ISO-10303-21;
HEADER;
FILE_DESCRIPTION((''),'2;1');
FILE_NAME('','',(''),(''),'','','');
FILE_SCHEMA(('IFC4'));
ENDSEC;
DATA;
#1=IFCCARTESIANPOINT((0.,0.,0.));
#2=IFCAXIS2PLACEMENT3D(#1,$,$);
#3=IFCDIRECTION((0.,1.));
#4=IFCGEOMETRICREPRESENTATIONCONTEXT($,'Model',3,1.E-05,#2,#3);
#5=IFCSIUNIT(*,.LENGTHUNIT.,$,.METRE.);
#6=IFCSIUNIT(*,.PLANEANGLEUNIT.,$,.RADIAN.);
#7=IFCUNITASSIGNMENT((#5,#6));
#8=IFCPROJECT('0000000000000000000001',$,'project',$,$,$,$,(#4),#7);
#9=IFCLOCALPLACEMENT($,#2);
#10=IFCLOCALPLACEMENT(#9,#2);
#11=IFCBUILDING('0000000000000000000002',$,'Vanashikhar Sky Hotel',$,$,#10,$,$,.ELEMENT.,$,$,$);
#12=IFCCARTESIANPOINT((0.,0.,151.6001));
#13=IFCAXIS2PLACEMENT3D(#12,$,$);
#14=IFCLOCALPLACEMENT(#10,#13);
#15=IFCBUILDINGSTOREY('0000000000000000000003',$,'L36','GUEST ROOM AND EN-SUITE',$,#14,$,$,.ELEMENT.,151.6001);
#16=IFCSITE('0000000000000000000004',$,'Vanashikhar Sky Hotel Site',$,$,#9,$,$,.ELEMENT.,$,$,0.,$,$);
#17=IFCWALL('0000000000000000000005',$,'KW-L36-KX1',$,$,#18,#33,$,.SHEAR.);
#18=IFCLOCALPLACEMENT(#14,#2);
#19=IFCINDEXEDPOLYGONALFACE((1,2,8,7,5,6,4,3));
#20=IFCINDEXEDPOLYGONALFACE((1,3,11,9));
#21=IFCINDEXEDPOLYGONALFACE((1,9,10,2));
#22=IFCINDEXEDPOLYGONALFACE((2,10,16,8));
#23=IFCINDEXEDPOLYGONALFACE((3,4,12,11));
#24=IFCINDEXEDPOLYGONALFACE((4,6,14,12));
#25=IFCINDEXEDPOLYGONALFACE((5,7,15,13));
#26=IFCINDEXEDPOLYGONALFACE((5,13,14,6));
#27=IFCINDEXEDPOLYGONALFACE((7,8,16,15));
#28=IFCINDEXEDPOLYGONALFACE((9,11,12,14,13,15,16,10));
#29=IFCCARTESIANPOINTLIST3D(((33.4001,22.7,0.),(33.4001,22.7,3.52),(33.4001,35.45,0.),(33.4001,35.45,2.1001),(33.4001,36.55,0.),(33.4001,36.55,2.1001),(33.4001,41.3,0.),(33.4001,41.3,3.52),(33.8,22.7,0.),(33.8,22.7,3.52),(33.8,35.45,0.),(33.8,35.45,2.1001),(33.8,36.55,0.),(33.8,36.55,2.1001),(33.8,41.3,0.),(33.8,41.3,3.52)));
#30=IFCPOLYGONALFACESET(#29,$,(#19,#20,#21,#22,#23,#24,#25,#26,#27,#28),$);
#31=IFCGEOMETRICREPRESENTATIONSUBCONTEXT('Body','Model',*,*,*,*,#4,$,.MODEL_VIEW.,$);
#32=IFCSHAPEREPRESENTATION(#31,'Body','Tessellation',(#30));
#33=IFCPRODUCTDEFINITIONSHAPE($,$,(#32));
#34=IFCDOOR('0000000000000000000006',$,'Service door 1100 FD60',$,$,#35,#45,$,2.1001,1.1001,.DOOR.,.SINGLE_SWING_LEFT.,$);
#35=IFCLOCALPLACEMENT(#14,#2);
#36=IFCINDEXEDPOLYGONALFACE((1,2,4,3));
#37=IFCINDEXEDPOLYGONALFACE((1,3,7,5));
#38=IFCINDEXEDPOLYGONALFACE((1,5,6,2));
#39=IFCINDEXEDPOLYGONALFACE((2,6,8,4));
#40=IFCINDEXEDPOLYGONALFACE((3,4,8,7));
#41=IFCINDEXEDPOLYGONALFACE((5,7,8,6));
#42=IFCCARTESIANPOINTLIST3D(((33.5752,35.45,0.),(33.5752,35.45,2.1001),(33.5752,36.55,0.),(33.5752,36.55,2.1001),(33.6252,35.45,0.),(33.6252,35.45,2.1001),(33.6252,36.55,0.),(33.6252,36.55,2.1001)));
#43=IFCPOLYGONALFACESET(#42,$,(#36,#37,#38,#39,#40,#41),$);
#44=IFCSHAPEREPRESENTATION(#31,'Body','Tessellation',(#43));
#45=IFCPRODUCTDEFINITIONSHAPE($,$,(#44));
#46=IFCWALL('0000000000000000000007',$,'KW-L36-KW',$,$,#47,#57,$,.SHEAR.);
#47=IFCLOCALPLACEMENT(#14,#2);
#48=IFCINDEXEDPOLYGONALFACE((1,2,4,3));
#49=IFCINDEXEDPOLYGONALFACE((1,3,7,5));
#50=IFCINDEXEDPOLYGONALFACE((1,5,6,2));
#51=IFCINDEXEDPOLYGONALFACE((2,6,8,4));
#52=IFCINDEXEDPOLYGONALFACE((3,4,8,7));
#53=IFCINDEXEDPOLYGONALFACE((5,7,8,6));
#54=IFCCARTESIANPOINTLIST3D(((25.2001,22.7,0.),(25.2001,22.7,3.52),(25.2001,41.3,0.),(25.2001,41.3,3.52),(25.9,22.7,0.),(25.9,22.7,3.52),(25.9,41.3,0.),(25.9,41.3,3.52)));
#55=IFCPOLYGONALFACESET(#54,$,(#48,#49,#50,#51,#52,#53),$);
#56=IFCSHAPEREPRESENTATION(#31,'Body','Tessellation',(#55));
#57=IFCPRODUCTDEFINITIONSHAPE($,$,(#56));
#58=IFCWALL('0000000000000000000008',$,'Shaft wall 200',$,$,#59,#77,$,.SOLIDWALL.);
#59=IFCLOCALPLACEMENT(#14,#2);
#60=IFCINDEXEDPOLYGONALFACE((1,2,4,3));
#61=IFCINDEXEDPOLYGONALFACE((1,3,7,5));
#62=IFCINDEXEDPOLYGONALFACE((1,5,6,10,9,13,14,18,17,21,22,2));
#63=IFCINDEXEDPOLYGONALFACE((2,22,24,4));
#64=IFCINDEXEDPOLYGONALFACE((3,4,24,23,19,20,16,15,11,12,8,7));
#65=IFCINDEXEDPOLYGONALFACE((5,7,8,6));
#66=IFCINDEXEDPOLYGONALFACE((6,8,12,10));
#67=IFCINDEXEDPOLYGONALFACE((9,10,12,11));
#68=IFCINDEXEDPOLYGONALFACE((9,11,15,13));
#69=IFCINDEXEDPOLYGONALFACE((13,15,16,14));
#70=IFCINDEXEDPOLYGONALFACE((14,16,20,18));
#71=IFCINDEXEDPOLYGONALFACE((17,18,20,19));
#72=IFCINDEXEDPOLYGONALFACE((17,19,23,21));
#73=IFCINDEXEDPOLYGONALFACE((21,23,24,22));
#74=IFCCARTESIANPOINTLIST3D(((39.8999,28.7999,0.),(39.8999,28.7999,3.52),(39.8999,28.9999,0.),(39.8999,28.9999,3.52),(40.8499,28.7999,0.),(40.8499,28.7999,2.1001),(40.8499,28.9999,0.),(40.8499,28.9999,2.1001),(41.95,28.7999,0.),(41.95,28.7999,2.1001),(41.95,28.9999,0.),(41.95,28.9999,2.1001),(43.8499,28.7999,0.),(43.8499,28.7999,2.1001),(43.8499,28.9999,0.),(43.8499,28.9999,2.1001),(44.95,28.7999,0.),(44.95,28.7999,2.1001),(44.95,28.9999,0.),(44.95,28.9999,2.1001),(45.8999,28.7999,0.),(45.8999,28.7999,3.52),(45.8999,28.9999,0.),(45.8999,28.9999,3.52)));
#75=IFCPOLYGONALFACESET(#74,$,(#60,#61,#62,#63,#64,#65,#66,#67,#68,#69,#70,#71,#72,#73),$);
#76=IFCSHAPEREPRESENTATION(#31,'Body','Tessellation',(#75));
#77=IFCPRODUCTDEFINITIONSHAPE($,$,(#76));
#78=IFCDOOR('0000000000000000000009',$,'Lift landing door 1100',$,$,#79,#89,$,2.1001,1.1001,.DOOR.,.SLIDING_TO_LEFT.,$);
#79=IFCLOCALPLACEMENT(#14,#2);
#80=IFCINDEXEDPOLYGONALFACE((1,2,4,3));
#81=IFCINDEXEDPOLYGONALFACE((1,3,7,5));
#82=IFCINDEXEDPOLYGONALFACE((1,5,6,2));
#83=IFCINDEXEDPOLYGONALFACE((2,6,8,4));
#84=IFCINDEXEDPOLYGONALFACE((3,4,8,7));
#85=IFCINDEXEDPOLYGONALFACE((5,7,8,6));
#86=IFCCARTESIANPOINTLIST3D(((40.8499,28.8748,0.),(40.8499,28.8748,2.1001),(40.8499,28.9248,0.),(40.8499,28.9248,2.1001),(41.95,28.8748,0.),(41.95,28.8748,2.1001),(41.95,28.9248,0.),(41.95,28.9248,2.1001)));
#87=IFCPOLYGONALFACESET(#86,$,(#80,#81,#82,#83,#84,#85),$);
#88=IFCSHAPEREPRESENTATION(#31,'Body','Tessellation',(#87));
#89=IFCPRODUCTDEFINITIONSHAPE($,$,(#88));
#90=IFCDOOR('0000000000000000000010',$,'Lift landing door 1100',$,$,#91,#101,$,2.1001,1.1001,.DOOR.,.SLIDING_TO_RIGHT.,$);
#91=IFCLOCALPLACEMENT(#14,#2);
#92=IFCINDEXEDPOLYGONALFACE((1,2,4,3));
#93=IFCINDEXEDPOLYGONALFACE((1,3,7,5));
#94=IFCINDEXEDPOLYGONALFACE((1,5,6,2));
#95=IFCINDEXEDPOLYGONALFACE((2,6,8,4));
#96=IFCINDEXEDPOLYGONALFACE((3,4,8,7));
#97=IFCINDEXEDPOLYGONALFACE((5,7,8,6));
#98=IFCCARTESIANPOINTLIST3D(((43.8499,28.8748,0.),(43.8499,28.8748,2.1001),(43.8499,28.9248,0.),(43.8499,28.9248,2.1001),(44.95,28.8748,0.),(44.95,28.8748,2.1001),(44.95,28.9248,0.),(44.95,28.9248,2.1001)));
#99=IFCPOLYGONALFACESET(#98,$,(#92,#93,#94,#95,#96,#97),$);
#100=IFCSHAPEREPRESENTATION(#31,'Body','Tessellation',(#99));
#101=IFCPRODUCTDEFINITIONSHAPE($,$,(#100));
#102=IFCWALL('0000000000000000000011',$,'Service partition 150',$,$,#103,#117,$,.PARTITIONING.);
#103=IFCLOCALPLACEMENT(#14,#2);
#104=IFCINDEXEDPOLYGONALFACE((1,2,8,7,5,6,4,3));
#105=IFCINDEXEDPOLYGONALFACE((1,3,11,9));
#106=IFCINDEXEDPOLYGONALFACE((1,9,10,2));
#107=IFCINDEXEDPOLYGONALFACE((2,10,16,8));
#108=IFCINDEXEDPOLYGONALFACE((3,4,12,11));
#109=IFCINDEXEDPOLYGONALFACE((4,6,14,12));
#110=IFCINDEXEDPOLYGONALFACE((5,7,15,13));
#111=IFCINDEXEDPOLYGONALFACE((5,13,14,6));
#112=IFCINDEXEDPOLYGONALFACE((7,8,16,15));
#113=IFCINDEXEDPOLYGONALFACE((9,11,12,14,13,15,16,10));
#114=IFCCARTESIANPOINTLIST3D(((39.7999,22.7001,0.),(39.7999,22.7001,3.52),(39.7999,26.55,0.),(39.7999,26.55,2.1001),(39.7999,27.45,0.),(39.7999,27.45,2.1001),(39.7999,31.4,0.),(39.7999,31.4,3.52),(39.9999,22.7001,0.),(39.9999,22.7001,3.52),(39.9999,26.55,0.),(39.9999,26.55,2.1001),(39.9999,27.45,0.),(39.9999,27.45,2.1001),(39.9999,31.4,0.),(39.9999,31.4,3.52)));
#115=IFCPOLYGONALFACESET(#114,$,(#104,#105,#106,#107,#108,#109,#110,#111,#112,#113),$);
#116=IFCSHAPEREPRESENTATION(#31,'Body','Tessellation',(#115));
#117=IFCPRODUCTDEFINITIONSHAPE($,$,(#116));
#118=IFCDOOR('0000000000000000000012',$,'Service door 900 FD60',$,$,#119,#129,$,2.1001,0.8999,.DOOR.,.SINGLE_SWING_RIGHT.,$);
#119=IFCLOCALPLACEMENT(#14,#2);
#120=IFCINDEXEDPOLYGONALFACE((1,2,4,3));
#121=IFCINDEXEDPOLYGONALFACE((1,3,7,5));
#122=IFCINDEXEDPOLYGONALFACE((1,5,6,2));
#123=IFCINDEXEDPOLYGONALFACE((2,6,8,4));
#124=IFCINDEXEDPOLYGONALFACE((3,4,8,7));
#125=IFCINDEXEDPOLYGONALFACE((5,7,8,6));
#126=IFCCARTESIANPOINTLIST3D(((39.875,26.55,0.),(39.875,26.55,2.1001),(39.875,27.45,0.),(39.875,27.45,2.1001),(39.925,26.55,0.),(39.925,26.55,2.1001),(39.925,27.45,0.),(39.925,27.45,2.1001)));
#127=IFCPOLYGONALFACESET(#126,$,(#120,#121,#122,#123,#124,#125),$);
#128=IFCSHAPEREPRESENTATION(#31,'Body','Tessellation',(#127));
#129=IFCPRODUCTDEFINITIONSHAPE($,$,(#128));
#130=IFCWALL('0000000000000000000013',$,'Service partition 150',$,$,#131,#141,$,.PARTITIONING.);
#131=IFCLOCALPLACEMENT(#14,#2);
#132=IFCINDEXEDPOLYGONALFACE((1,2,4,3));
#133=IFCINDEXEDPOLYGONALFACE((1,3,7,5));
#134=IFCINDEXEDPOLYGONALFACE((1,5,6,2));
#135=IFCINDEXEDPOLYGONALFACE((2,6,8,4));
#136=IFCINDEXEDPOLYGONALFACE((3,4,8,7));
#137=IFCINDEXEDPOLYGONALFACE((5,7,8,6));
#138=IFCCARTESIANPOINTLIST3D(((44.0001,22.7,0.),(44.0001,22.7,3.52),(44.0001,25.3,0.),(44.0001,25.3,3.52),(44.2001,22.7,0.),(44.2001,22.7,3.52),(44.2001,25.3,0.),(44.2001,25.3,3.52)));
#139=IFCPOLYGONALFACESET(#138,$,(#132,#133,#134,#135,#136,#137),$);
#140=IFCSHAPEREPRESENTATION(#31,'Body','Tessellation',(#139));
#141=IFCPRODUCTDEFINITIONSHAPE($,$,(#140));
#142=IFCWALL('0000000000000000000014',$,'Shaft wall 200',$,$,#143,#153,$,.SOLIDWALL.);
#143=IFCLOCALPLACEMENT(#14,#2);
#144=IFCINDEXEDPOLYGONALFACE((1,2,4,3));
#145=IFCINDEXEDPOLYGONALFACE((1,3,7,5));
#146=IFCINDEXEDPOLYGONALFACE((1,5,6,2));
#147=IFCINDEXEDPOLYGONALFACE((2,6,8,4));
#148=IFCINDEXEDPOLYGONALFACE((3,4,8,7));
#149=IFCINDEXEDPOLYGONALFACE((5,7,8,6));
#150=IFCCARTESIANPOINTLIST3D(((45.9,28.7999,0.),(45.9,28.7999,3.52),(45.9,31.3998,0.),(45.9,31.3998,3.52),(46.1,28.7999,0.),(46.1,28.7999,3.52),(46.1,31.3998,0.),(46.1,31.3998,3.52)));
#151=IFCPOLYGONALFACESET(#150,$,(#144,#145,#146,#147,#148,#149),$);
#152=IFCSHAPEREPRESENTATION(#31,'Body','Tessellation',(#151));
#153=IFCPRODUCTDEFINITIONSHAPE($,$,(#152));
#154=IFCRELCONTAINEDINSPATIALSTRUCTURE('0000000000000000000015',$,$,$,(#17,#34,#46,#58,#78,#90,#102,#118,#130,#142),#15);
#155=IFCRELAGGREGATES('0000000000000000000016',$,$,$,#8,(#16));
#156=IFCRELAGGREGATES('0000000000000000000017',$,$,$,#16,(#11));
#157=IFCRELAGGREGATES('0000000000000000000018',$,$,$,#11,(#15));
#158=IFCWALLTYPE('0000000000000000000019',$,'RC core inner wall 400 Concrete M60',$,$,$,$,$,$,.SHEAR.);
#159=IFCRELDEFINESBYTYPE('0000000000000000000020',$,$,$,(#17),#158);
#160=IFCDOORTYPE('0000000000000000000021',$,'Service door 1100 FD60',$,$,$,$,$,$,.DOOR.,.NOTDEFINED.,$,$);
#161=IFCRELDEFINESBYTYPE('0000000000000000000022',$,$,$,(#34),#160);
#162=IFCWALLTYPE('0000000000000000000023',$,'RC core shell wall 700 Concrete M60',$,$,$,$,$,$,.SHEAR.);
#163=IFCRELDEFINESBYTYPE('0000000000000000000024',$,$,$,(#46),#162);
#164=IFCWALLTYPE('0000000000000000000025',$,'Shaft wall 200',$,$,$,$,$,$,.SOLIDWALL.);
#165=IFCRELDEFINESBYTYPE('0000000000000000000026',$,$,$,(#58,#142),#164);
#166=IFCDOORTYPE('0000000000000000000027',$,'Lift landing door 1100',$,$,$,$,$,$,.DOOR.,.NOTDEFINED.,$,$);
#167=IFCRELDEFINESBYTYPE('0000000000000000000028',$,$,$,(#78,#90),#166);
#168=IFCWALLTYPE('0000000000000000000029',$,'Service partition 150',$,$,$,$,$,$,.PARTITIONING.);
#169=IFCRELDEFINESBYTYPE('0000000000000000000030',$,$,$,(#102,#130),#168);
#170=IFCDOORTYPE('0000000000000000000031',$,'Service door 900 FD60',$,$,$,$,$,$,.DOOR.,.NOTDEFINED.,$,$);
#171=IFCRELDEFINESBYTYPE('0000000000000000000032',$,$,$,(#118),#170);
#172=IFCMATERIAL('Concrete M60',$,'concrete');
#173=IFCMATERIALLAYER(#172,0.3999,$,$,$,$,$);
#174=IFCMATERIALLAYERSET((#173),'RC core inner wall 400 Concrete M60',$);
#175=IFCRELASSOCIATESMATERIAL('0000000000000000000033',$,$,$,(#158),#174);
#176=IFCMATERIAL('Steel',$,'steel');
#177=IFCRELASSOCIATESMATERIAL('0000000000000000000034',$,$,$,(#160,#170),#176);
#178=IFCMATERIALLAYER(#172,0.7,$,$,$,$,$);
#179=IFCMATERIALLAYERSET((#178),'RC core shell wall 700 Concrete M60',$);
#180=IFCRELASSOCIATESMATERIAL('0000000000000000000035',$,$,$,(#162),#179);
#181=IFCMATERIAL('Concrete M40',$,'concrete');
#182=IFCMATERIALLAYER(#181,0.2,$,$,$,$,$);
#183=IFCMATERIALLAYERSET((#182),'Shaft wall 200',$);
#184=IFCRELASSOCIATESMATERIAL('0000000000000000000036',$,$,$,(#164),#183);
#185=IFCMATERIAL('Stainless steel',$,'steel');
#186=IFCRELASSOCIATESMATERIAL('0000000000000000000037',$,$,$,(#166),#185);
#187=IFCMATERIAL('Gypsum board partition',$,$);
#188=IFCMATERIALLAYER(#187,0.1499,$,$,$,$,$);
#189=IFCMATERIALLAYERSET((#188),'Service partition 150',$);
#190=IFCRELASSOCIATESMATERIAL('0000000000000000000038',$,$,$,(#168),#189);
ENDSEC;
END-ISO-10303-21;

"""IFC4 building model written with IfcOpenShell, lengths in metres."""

from ifc_helpers import new_model, si_unit, direction, frame, frame_2d, origin, place, context, subcontext, project, spatial, rectangle, extrude, source, transform, mapped, material, layer, layer_set, type_object, element, fill, save


model = new_model("IFC4")

# Units and contexts
model_context = context("Model", 3, precision=1e-05, world=origin(), true_north=direction((0.0, 1.0)))
body_context = subcontext(model_context, "Body", "Model", "MODEL_VIEW")
ifc_project = project(units=[si_unit("LENGTHUNIT", "METRE"), si_unit("PLANEANGLEUNIT", "RADIAN")], contexts=[model_context])

# Site, building, storey
site_placement = place(None, origin())
site = spatial("IfcSite", under=ifc_project, at=site_placement, Name="Vanashikhar Sky Hotel Site", CompositionType="ELEMENT", RefElevation=0.0)
building_placement = place(site_placement, origin())
building = spatial("IfcBuilding", under=site, at=building_placement, Name="Vanashikhar Sky Hotel", CompositionType="ELEMENT")
storey_placement = place(building_placement, frame((0.0, 0.0, 151.6001)))
storey = spatial("IfcBuildingStorey", under=building, at=storey_placement, Name="L36", Description="GUEST ROOM AND EN-SUITE", CompositionType="ELEMENT", Elevation=151.6001)

# Wall, opening, door
ifc_material_1 = material(Name="Concrete M60", Category="concrete")
ifc_layer_1 = layer(ifc_material_1, 0.3999)
ifc_layer_set_1 = layer_set([ifc_layer_1], Name="RC core inner wall 400 Concrete M60")
wall_type_1 = type_object("IfcWallType", Name="RC core inner wall 400 Concrete M60", PredefinedType="SHEAR", material=ifc_layer_set_1)
shared_shape_1 = source(origin(), body_context, "Body", "SweptSolid", [
    extrude(rectangle(XDim=18.6001, YDim=0.3999, at=frame_2d((9.3, 0.0))), origin(), (0.0, 0.0, 1.0), 3.52),
])
wall_1_placement = place(storey_placement, frame((33.6001, 22.7, 0.0), z_axis=(0.0, 0.0, 1.0), x_axis=(0.0, 1.0, 0.0)))
wall_1 = element("IfcWall", 1, at=wall_1_placement, inside=storey, type_object=wall_type_1, Name="KW-L36-KX1", PredefinedType="SHEAR", context=body_context, shape_type="MappedRepresentation", body=[
    mapped(shared_shape_1, transform((0.0, 0.0, 0.0), scale=1.0)),
])
shared_shape_2 = source(origin(), body_context, "Body", "SweptSolid", [
    extrude(rectangle(XDim=1.1001, YDim=2.1001, at=frame_2d((0.55, 1.05))), frame((0.0, 0.21, 0.0), z_axis=(0.0, -1.0, 0.0), x_axis=(1.0, 0.0, 0.0)), (0.0, 0.0, 1.0), 0.4199),
])
opening_1_placement = place(wall_1_placement, frame((12.75, 0.0, 0.0)))
opening_1 = element("IfcOpeningElement", 2, at=opening_1_placement, cuts=wall_1, PredefinedType="OPENING", context=body_context, shape_type="MappedRepresentation", body=[
    mapped(shared_shape_2, transform((0.0, 0.0, 0.0), scale=1.0)),
])
ifc_material_2 = material(Name="Steel", Category="steel")
door_type_1 = type_object("IfcDoorType", Name="Service door 1100 FD60", OperationType="NOTDEFINED", PredefinedType="DOOR", material=ifc_material_2)
shared_shape_3 = source(origin(), body_context, "Body", "SweptSolid", [
    extrude(rectangle(XDim=1.1001, YDim=2.1001, at=frame_2d((0.55, 1.05))), frame((0.0, 0.0249, 0.0), z_axis=(0.0, -1.0, 0.0), x_axis=(1.0, 0.0, 0.0)), (0.0, 0.0, 1.0), 0.05),
])
door_1_placement = place(opening_1_placement, origin())
door_1 = element("IfcDoor", 3, at=door_1_placement, inside=storey, type_object=door_type_1, Name="Service door 1100 FD60", OperationType="SINGLE_SWING_LEFT", OverallHeight=2.1001, OverallWidth=1.1001, PredefinedType="DOOR", context=body_context, shape_type="MappedRepresentation", body=[
    mapped(shared_shape_3, transform((0.0, 0.0, 0.0), scale=1.0)),
])
fill(opening_1, door_1)

# Wall
ifc_layer_2 = layer(ifc_material_1, 0.7)
ifc_layer_set_2 = layer_set([ifc_layer_2], Name="RC core shell wall 700 Concrete M60")
wall_type_2 = type_object("IfcWallType", Name="RC core shell wall 700 Concrete M60", PredefinedType="SHEAR", material=ifc_layer_set_2)
shared_shape_4 = source(origin(), body_context, "Body", "SweptSolid", [
    extrude(rectangle(XDim=18.6001, YDim=0.7, at=frame_2d((9.3, 0.0))), origin(), (0.0, 0.0, 1.0), 3.52),
])
wall_2_placement = place(storey_placement, frame((25.55, 22.7, 0.0), z_axis=(0.0, 0.0, 1.0), x_axis=(0.0, 1.0, 0.0)))
element("IfcWall", 4, at=wall_2_placement, inside=storey, type_object=wall_type_2, Name="KW-L36-KW", PredefinedType="SHEAR", context=body_context, shape_type="MappedRepresentation", body=[
    mapped(shared_shape_4, transform((0.0, 0.0, 0.0), scale=1.0)),
])

# Wall, openings, doors
ifc_material_3 = material(Name="Concrete M40", Category="concrete")
ifc_layer_3 = layer(ifc_material_3, 0.2)
ifc_layer_set_3 = layer_set([ifc_layer_3], Name="Shaft wall 200")
wall_type_3 = type_object("IfcWallType", Name="Shaft wall 200", PredefinedType="SOLIDWALL", material=ifc_layer_set_3)
shared_shape_5 = source(origin(), body_context, "Body", "SweptSolid", [
    extrude(rectangle(XDim=6.0, YDim=0.2, at=frame_2d((3.0, 0.0))), origin(), (0.0, 0.0, 1.0), 3.52),
])
wall_3_placement = place(storey_placement, frame((39.8999, 28.8999, 0.0), z_axis=(0.0, 0.0, 1.0), x_axis=(1.0, 0.0, 0.0)))
wall_3 = element("IfcWall", 5, at=wall_3_placement, inside=storey, type_object=wall_type_3, Name="Shaft wall 200", PredefinedType="SOLIDWALL", context=body_context, shape_type="MappedRepresentation", body=[
    mapped(shared_shape_5, transform((0.0, 0.0, 0.0), scale=1.0)),
])
shared_shape_6 = source(origin(), body_context, "Body", "SweptSolid", [
    extrude(rectangle(XDim=1.1001, YDim=2.1001, at=frame_2d((0.55, 1.05))), frame((0.0, 0.1099, 0.0), z_axis=(0.0, -1.0, 0.0), x_axis=(1.0, 0.0, 0.0)), (0.0, 0.0, 1.0), 0.22),
])
opening_2_placement = place(wall_3_placement, frame((0.95, 0.0, 0.0)))
opening_2 = element("IfcOpeningElement", 6, at=opening_2_placement, cuts=wall_3, PredefinedType="OPENING", context=body_context, shape_type="MappedRepresentation", body=[
    mapped(shared_shape_6, transform((0.0, 0.0, 0.0), scale=1.0)),
])
opening_3_placement = place(wall_3_placement, frame((3.95, 0.0, 0.0)))
opening_3 = element("IfcOpeningElement", 7, at=opening_3_placement, cuts=wall_3, PredefinedType="OPENING", context=body_context, shape_type="MappedRepresentation", body=[
    mapped(shared_shape_6, transform((0.0, 0.0, 0.0), scale=1.0)),
])
ifc_material_4 = material(Name="Stainless steel", Category="steel")
door_type_2 = type_object("IfcDoorType", Name="Lift landing door 1100", OperationType="NOTDEFINED", PredefinedType="DOOR", material=ifc_material_4)
door_2_placement = place(opening_2_placement, origin())
door_2 = element("IfcDoor", 8, at=door_2_placement, inside=storey, type_object=door_type_2, Name="Lift landing door 1100", OperationType="SLIDING_TO_LEFT", OverallHeight=2.1001, OverallWidth=1.1001, PredefinedType="DOOR", context=body_context, shape_type="MappedRepresentation", body=[
    mapped(shared_shape_3, transform((0.0, 0.0, 0.0), scale=1.0)),
])
fill(opening_2, door_2)
door_3_placement = place(opening_3_placement, origin())
door_3 = element("IfcDoor", 9, at=door_3_placement, inside=storey, type_object=door_type_2, Name="Lift landing door 1100", OperationType="SLIDING_TO_RIGHT", OverallHeight=2.1001, OverallWidth=1.1001, PredefinedType="DOOR", context=body_context, shape_type="MappedRepresentation", body=[
    mapped(shared_shape_3, transform((0.0, 0.0, 0.0), scale=1.0)),
])
fill(opening_3, door_3)

# Wall, opening, door
ifc_material_5 = material(Name="Gypsum board partition")
ifc_layer_4 = layer(ifc_material_5, 0.1499)
ifc_layer_set_4 = layer_set([ifc_layer_4], Name="Service partition 150")
wall_type_4 = type_object("IfcWallType", Name="Service partition 150", PredefinedType="PARTITIONING", material=ifc_layer_set_4)
shared_shape_7 = source(origin(), body_context, "Body", "SweptSolid", [
    extrude(rectangle(XDim=8.7, YDim=0.2, at=frame_2d((4.3501, 0.0))), origin(), (0.0, 0.0, 1.0), 3.52),
])
wall_4_placement = place(storey_placement, frame((39.8999, 22.7, 0.0), z_axis=(0.0, 0.0, 1.0), x_axis=(0.0, 1.0, 0.0)))
wall_4 = element("IfcWall", 10, at=wall_4_placement, inside=storey, type_object=wall_type_4, Name="Service partition 150", PredefinedType="PARTITIONING", context=body_context, shape_type="MappedRepresentation", body=[
    mapped(shared_shape_7, transform((0.0, 0.0, 0.0), scale=1.0)),
])
shared_shape_8 = source(origin(), body_context, "Body", "SweptSolid", [
    extrude(rectangle(XDim=0.8999, YDim=2.1001, at=frame_2d((0.45, 1.05))), frame((0.0, 0.1099, 0.0), z_axis=(0.0, -1.0, 0.0), x_axis=(1.0, 0.0, 0.0)), (0.0, 0.0, 1.0), 0.22),
])
opening_4_placement = place(wall_4_placement, frame((3.8501, 0.0, 0.0)))
opening_4 = element("IfcOpeningElement", 11, at=opening_4_placement, cuts=wall_4, PredefinedType="OPENING", context=body_context, shape_type="MappedRepresentation", body=[
    mapped(shared_shape_8, transform((0.0, 0.0, 0.0), scale=1.0)),
])
door_type_3 = type_object("IfcDoorType", Name="Service door 900 FD60", OperationType="NOTDEFINED", PredefinedType="DOOR", material=ifc_material_2)
shared_shape_9 = source(origin(), body_context, "Body", "SweptSolid", [
    extrude(rectangle(XDim=0.8999, YDim=2.1001, at=frame_2d((0.45, 1.05))), frame((0.0, 0.0249, 0.0), z_axis=(0.0, -1.0, 0.0), x_axis=(1.0, 0.0, 0.0)), (0.0, 0.0, 1.0), 0.05),
])
door_4_placement = place(opening_4_placement, origin())
door_4 = element("IfcDoor", 12, at=door_4_placement, inside=storey, type_object=door_type_3, Name="Service door 900 FD60", OperationType="SINGLE_SWING_RIGHT", OverallHeight=2.1001, OverallWidth=0.8999, PredefinedType="DOOR", context=body_context, shape_type="MappedRepresentation", body=[
    mapped(shared_shape_9, transform((0.0, 0.0, 0.0), scale=1.0)),
])
fill(opening_4, door_4)

# Walls
shared_shape_10 = source(origin(), body_context, "Body", "SweptSolid", [
    extrude(rectangle(XDim=2.6001, YDim=0.2, at=frame_2d((1.3, 0.0))), origin(), (0.0, 0.0, 1.0), 3.52),
])
wall_5_placement = place(storey_placement, frame((44.1001, 22.7, 0.0), z_axis=(0.0, 0.0, 1.0), x_axis=(0.0, 1.0, 0.0)))
element("IfcWall", 13, at=wall_5_placement, inside=storey, type_object=wall_type_4, Name="Service partition 150", PredefinedType="PARTITIONING", context=body_context, shape_type="MappedRepresentation", body=[
    mapped(shared_shape_10, transform((0.0, 0.0, 0.0), scale=1.0)),
])
shared_shape_11 = source(origin(), body_context, "Body", "SweptSolid", [
    extrude(rectangle(XDim=2.5999, YDim=0.2, at=frame_2d((1.2998, 0.0))), origin(), (0.0, 0.0, 1.0), 3.52),
])
wall_6_placement = place(storey_placement, frame((46.0, 28.8, 0.0), z_axis=(0.0, 0.0, 1.0), x_axis=(0.0, 1.0, 0.0)))
element("IfcWall", 14, at=wall_6_placement, inside=storey, type_object=wall_type_3, Name="Shaft wall 200", PredefinedType="SOLIDWALL", context=body_context, shape_type="MappedRepresentation", body=[
    mapped(shared_shape_11, transform((0.0, 0.0, 0.0), scale=1.0)),
])

save(model, "model.ifc")
